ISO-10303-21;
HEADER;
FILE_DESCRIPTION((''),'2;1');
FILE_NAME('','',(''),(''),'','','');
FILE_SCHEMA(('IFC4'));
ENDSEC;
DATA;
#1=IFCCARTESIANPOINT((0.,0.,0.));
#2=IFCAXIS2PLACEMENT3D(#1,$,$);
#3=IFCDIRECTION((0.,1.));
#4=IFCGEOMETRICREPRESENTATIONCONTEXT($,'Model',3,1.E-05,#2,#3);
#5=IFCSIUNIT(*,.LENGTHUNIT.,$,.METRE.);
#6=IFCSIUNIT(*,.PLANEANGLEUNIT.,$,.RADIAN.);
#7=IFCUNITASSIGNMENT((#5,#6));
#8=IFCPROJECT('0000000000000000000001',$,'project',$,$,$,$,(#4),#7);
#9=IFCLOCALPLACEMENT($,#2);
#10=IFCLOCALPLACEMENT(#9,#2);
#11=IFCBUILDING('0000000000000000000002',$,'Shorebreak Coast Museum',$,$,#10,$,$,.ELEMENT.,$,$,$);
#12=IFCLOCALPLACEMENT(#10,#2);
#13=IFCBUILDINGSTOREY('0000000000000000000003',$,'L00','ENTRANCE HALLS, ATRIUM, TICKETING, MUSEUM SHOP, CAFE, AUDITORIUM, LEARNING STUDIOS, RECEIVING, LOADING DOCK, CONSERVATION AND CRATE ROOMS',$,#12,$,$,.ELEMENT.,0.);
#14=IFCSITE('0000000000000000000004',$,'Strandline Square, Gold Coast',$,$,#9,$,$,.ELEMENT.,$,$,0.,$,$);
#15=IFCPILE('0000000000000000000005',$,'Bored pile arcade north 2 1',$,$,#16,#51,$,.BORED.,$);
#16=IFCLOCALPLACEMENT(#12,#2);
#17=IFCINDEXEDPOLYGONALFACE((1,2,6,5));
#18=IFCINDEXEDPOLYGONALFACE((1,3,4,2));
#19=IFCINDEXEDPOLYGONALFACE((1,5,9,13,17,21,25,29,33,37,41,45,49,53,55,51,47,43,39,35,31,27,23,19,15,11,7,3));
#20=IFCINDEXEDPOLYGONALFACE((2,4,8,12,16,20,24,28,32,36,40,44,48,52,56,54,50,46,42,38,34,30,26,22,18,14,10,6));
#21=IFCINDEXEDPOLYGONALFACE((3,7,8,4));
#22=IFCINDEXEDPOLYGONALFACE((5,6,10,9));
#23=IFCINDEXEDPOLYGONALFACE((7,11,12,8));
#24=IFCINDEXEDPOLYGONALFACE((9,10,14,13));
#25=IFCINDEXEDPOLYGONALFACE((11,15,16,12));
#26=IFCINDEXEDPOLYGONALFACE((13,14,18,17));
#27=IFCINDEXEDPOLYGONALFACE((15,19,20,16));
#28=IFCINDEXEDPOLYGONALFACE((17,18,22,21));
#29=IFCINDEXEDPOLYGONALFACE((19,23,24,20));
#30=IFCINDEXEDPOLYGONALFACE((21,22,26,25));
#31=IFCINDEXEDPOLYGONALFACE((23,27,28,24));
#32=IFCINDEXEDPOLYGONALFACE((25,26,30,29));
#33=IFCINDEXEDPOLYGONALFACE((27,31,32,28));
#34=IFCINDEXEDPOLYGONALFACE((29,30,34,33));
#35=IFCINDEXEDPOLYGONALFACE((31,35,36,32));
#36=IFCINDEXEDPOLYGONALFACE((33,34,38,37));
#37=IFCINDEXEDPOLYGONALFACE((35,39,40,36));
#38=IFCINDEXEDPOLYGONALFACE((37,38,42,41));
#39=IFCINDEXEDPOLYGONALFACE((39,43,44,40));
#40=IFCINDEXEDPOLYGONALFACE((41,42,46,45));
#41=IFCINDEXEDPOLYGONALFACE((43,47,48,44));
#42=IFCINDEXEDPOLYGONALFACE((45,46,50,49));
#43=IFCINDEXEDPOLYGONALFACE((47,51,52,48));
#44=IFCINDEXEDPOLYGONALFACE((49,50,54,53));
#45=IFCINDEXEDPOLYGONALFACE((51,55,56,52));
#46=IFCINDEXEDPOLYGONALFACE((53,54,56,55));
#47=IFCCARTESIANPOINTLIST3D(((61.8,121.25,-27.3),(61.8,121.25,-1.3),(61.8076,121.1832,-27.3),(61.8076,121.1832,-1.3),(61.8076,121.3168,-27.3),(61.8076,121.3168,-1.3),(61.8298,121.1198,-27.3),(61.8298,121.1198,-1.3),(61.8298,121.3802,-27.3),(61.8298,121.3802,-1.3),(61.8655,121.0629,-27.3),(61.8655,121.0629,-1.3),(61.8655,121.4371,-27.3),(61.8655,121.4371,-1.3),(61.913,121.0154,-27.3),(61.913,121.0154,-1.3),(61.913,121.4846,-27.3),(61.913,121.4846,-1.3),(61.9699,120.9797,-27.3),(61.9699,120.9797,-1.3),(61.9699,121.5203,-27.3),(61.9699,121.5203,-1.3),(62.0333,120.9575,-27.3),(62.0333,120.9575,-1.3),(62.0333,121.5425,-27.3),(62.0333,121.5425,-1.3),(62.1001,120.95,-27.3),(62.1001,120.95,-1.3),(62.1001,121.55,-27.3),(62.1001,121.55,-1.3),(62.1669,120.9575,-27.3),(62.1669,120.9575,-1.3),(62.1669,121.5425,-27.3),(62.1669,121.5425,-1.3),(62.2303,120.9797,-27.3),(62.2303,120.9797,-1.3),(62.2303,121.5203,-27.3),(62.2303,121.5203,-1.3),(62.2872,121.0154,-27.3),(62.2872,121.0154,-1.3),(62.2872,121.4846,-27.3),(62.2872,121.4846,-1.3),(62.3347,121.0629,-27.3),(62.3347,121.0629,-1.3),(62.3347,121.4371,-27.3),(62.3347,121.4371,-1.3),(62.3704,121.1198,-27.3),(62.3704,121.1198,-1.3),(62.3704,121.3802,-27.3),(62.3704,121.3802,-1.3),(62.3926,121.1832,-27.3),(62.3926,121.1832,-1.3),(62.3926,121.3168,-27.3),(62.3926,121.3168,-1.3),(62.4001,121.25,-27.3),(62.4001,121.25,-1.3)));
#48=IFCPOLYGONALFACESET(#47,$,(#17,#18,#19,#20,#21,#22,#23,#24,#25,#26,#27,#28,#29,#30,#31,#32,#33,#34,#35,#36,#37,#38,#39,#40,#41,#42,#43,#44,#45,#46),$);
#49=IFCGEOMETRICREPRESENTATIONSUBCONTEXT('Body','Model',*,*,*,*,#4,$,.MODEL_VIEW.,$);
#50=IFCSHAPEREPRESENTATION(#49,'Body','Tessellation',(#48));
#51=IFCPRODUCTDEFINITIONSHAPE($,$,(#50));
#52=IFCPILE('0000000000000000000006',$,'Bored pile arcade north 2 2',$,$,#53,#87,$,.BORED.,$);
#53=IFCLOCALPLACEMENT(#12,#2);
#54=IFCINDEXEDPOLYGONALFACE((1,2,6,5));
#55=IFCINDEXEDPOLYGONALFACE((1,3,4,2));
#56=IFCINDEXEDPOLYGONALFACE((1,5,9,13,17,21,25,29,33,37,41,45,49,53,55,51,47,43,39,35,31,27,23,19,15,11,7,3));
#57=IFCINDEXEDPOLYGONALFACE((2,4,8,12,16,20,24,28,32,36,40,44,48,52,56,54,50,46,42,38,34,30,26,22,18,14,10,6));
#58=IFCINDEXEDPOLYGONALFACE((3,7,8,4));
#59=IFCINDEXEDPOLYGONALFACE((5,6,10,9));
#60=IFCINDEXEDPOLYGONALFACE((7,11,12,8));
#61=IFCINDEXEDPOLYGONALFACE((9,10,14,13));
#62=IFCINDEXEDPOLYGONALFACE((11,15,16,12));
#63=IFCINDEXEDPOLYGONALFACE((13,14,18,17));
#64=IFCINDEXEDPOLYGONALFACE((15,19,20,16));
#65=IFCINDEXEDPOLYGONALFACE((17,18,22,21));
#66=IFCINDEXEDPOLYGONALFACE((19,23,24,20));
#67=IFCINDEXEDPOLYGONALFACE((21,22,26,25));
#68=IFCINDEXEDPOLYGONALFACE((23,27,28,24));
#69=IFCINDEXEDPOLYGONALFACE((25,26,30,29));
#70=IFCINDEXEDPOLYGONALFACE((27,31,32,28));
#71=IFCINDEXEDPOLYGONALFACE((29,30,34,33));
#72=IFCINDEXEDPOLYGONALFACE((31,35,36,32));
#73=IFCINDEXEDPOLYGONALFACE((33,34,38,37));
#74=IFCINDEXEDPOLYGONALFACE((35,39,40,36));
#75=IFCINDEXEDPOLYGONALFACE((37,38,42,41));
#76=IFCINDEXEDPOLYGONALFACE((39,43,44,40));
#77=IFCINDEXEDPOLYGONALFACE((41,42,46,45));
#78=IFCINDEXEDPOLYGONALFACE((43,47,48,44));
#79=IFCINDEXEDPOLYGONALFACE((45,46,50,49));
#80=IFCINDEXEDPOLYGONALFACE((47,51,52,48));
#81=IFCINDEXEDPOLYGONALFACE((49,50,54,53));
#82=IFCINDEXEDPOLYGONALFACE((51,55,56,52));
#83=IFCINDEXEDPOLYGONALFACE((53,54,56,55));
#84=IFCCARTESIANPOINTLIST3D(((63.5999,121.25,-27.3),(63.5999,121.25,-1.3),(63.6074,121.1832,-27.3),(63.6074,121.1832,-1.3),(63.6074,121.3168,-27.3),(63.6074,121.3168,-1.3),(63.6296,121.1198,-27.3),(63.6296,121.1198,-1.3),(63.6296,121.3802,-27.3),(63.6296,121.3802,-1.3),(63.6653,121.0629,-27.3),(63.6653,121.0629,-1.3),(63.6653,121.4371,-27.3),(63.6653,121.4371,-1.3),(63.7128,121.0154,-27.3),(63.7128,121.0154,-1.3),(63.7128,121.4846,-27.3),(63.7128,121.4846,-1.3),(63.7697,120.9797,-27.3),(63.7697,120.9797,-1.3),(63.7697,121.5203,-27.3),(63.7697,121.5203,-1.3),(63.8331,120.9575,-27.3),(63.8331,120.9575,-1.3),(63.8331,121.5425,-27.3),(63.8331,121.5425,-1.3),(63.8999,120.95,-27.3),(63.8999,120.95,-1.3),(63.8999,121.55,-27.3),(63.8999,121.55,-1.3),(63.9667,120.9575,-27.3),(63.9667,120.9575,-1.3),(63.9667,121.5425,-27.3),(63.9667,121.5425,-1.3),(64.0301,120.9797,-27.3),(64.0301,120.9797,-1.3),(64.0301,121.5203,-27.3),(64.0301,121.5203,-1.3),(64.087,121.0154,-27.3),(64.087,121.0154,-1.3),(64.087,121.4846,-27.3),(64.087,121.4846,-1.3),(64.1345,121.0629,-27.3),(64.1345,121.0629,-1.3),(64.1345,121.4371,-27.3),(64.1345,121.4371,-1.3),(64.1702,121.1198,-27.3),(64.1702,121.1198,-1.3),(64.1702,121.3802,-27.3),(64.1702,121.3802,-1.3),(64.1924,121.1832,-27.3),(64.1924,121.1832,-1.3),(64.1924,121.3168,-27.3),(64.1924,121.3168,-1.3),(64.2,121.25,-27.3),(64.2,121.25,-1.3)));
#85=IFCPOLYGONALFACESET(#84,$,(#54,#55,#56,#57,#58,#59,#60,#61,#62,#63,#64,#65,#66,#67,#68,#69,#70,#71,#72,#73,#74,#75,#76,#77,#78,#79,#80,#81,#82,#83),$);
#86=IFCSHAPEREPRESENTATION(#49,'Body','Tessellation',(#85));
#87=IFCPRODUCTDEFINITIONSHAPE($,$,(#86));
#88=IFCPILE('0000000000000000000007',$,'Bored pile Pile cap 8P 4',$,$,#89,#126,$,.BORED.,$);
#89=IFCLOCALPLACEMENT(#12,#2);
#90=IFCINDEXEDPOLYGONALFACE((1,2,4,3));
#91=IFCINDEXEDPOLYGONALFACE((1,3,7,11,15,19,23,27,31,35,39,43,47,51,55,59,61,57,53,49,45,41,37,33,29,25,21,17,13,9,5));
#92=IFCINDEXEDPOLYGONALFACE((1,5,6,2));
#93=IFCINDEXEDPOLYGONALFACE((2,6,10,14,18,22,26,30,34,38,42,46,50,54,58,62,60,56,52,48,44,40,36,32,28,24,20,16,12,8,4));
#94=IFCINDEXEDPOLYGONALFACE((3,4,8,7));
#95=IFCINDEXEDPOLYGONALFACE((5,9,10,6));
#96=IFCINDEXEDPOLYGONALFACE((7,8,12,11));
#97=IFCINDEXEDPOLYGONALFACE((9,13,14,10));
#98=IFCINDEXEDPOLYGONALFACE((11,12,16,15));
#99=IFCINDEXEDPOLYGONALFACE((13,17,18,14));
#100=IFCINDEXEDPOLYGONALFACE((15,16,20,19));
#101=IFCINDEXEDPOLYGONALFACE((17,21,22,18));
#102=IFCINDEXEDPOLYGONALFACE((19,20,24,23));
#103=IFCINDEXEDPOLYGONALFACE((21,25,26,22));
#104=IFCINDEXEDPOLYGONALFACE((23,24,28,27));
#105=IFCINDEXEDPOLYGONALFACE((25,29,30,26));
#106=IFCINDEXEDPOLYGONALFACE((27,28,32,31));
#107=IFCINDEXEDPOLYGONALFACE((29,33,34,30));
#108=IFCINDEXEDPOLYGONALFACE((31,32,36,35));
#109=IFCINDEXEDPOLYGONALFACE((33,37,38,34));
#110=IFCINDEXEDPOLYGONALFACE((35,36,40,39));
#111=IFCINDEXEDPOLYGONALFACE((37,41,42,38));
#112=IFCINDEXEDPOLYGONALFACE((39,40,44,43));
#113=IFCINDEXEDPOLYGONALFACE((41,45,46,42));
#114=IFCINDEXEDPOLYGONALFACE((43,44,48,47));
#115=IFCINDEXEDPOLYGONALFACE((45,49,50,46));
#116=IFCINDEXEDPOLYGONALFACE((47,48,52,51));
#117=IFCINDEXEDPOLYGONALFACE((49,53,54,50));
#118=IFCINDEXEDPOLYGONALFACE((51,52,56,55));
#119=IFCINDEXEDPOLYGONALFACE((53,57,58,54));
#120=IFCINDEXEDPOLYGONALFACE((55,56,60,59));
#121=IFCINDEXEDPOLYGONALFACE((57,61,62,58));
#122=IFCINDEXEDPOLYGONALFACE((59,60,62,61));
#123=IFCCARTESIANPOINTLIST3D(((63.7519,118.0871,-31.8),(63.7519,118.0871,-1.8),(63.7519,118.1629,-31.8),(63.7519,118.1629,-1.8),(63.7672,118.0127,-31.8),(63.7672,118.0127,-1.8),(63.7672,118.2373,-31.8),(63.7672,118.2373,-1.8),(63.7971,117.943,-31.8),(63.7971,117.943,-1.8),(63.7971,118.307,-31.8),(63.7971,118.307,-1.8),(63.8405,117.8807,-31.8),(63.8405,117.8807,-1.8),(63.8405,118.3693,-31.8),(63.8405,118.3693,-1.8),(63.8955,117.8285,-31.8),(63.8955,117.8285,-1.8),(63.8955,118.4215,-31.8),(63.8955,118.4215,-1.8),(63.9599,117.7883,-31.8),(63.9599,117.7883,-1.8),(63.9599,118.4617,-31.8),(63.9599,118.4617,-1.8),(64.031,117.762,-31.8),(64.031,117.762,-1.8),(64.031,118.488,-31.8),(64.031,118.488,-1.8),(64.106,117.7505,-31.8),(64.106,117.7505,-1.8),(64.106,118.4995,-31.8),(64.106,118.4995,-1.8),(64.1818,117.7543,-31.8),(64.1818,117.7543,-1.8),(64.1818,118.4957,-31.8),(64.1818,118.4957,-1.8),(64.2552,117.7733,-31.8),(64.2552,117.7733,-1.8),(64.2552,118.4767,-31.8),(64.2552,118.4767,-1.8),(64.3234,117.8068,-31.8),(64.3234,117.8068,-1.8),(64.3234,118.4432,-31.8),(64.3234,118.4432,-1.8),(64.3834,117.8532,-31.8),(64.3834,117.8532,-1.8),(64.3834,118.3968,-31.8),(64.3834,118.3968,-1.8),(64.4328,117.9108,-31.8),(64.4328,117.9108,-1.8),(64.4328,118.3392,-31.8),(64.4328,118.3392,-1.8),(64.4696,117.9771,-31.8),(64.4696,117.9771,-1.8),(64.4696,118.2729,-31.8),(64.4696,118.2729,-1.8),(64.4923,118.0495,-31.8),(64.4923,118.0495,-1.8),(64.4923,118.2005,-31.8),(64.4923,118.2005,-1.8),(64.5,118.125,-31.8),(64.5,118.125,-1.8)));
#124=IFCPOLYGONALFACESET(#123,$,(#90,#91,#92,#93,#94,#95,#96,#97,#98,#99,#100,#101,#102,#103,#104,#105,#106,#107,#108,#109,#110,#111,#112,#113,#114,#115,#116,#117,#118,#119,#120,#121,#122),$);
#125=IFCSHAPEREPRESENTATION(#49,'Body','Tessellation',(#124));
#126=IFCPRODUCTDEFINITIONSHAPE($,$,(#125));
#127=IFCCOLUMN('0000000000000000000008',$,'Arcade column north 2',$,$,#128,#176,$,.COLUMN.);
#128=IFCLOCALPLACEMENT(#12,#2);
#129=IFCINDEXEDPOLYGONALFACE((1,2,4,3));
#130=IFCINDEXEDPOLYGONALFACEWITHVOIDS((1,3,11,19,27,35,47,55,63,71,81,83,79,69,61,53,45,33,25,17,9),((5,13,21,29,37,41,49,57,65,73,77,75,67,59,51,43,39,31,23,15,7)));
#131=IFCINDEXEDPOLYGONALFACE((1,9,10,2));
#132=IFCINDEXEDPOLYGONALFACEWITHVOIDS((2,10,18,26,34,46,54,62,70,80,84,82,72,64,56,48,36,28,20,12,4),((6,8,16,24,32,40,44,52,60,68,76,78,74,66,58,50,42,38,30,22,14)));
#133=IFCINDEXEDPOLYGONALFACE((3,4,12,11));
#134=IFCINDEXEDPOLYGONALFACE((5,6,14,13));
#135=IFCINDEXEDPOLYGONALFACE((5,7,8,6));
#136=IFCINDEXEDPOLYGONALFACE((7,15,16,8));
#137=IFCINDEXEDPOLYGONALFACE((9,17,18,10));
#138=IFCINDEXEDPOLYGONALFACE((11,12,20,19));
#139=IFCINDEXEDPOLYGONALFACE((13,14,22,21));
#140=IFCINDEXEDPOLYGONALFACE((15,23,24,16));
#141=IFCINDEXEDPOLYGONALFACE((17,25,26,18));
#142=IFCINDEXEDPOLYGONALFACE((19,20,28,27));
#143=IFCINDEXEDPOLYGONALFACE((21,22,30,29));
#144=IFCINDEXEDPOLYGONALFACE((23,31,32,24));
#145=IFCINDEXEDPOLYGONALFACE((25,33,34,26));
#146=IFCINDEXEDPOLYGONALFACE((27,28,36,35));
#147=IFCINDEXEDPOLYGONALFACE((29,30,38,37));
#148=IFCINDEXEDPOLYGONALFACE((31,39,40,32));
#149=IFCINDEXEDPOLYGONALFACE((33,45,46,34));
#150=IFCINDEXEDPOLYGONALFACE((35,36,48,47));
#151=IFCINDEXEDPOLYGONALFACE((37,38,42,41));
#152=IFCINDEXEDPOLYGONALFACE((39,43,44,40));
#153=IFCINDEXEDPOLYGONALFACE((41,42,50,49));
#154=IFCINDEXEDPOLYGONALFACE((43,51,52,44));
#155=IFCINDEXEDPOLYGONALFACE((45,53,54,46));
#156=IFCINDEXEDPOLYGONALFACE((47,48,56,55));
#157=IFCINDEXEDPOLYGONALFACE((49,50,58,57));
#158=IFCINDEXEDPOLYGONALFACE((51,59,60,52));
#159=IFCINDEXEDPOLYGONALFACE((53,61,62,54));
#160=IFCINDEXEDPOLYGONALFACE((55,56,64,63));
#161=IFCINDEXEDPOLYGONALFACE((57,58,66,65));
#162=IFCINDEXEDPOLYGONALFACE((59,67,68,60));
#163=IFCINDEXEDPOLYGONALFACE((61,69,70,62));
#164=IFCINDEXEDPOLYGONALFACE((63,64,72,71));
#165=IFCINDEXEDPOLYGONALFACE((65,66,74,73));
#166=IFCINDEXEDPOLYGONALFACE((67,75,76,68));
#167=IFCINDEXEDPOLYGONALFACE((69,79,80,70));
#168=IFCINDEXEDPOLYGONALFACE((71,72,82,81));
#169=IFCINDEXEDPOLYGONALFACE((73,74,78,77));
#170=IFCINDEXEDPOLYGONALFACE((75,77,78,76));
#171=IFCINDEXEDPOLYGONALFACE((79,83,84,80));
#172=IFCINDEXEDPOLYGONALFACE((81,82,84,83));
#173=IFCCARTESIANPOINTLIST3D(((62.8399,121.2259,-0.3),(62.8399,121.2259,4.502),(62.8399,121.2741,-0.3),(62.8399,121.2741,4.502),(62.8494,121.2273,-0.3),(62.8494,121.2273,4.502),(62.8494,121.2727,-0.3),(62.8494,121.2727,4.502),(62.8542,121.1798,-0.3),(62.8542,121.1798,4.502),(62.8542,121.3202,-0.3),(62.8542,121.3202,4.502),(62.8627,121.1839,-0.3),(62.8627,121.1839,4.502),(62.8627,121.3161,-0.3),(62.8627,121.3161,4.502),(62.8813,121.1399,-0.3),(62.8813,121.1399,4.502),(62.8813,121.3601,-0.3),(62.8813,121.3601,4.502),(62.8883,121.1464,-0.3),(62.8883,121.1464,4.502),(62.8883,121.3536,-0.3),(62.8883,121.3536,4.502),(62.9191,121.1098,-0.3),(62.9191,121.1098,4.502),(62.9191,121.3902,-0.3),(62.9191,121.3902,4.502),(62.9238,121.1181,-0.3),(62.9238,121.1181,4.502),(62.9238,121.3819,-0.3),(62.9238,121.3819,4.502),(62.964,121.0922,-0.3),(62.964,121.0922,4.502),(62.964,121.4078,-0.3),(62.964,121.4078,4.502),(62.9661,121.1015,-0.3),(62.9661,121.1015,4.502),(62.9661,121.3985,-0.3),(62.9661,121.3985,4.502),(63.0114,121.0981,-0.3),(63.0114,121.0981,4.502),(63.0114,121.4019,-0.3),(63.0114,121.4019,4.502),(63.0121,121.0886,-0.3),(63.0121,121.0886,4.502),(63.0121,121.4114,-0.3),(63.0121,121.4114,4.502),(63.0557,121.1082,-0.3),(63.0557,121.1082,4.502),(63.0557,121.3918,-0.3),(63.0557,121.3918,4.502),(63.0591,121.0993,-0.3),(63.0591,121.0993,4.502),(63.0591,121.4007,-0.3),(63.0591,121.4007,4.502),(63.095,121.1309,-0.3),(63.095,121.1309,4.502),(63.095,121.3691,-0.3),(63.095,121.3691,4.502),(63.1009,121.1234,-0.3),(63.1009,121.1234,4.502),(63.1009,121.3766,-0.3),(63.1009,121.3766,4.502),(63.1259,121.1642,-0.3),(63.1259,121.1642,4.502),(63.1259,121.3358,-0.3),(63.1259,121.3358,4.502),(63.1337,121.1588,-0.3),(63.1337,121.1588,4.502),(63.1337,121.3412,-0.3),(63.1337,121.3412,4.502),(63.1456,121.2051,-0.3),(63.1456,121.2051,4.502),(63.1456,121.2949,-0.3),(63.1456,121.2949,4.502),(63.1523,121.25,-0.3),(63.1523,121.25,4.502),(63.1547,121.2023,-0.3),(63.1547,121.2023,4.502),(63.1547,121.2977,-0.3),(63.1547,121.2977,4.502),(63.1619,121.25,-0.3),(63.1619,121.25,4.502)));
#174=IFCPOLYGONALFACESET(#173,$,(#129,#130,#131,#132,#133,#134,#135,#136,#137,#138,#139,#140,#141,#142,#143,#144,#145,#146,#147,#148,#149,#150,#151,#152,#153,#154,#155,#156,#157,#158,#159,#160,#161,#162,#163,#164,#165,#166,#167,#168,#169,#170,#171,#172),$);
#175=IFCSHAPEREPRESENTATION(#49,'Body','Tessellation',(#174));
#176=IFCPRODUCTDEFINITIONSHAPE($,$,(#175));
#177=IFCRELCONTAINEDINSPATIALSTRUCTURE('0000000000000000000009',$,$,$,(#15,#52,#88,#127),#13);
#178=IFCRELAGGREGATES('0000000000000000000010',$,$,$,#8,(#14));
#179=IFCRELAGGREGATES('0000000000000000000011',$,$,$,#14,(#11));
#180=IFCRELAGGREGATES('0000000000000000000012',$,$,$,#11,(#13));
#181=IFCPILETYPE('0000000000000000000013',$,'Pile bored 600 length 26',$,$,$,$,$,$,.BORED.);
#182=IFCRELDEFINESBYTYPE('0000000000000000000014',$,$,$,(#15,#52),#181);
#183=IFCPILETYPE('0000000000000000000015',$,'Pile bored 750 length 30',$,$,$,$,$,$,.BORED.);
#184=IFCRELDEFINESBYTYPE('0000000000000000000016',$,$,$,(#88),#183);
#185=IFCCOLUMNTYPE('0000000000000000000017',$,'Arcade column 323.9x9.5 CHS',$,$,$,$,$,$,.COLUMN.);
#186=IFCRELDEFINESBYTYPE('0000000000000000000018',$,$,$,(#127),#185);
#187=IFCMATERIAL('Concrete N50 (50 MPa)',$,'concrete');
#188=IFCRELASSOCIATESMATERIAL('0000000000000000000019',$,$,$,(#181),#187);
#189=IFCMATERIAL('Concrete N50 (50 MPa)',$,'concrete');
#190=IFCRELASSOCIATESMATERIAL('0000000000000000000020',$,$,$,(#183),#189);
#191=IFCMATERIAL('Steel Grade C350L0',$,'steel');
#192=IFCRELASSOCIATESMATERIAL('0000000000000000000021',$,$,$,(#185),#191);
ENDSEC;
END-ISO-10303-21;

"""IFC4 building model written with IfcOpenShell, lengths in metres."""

from ifc_helpers import new_model, si_unit, direction, frame, origin, origin_2d, place, context, subcontext, project, spatial, circle, hollow_circle, extrude, material, material_profile, profile_set, type_object, element, save


model = new_model("IFC4")

# Units and contexts
model_context = context("Model", 3, precision=1e-05, world=origin(), true_north=direction((0.0, 1.0)))
body_context = subcontext(model_context, "Body", "Model", "MODEL_VIEW")
ifc_project = project(units=[si_unit("LENGTHUNIT", "METRE"), si_unit("PLANEANGLEUNIT", "RADIAN")], contexts=[model_context])

# Site, building, storey
site_placement = place(None, origin())
site = spatial("IfcSite", under=ifc_project, at=site_placement, Name="Strandline Square, Gold Coast", CompositionType="ELEMENT", RefElevation=0.0)
building_placement = place(site_placement, origin())
building = spatial("IfcBuilding", under=site, at=building_placement, Name="Shorebreak Coast Museum", CompositionType="ELEMENT")
storey_placement = place(building_placement, origin())
storey = spatial("IfcBuildingStorey", under=building, at=storey_placement, Name="L00", Description="ENTRANCE HALLS, ATRIUM, TICKETING, MUSEUM SHOP, CAFE, AUDITORIUM, LEARNING STUDIOS, RECEIVING, LOADING DOCK, CONSERVATION AND CRATE ROOMS", CompositionType="ELEMENT", Elevation=0.0)

# Piles
ifc_material_1 = material(Name="Concrete N50 (50 MPa)", Category="concrete")
ifc_material_profile_1 = material_profile(ifc_material_1, circle(Radius=0.3, at=origin_2d()), Name="Pile bored 600 length 26")
ifc_profile_set_1 = profile_set([ifc_material_profile_1], Name="Concrete N50 (50 MPa)")
pile_type_1 = type_object("IfcPileType", Name="Pile bored 600 length 26", PredefinedType="BORED", material=ifc_profile_set_1)
for number, where, z_axis, x_axis, name in (
    (1, (62.1001, 121.25, -1.3), (0.0, 0.0, -1.0), (1.0, 0.0, 0.0), "Bored pile arcade north 2 1"),
    (2, (63.8999, 121.25, -1.3), (0.0, 0.0, -1.0), (1.0, 0.0, 0.0), "Bored pile arcade north 2 2"),
):
    element("IfcPile", number, at=place(storey_placement, frame(where, z_axis=z_axis, x_axis=x_axis)), inside=storey, type_object=pile_type_1, Name=name, PredefinedType="BORED", context=body_context, shape_type="SweptSolid", body=[
        extrude(circle(Radius=0.3, at=origin_2d()), origin(), (0.0, 0.0, 1.0), 26.0),
    ])
ifc_material_2 = material(Name="Concrete N50 (50 MPa)", Category="concrete")
ifc_material_profile_2 = material_profile(ifc_material_2, circle(Radius=0.375, at=origin_2d()), Name="Pile bored 750 length 30")
ifc_profile_set_2 = profile_set([ifc_material_profile_2], Name="Concrete N50 (50 MPa)")
pile_type_2 = type_object("IfcPileType", Name="Pile bored 750 length 30", PredefinedType="BORED", material=ifc_profile_set_2)
pile_placement = place(storey_placement, frame((64.125, 118.125, -1.8), z_axis=(0.0, 0.0, -1.0), x_axis=(1.0, 0.0, 0.0)))
element("IfcPile", 3, at=pile_placement, inside=storey, type_object=pile_type_2, Name="Bored pile Pile cap 8P 4", PredefinedType="BORED", context=body_context, shape_type="SweptSolid", body=[
    extrude(circle(Radius=0.375, at=origin_2d()), origin(), (0.0, 0.0, 1.0), 30.0),
])

# Column
ifc_material_3 = material(Name="Steel Grade C350L0", Category="steel")
ifc_material_profile_3 = material_profile(ifc_material_3, hollow_circle(Radius=0.1619, WallThickness=0.0095, at=origin_2d()), Name="323.9x9.5 CHS")
ifc_profile_set_3 = profile_set([ifc_material_profile_3], Name="Steel Grade C350L0")
column_type_1 = type_object("IfcColumnType", Name="Arcade column 323.9x9.5 CHS", PredefinedType="COLUMN", material=ifc_profile_set_3)
column_1_placement = place(storey_placement, frame((63.0, 121.25, -0.3), z_axis=(0.0, 0.0, 1.0), x_axis=(1.0, 0.0, 0.0)))
element("IfcColumn", 4, at=column_1_placement, inside=storey, type_object=column_type_1, Name="Arcade column north 2", PredefinedType="COLUMN", context=body_context, shape_type="SweptSolid", body=[
    extrude(hollow_circle(Radius=0.1619, WallThickness=0.0095, at=origin_2d()), origin(), (0.0, 0.0, 1.0), 4.802),
])

save(model, "model.ifc")
